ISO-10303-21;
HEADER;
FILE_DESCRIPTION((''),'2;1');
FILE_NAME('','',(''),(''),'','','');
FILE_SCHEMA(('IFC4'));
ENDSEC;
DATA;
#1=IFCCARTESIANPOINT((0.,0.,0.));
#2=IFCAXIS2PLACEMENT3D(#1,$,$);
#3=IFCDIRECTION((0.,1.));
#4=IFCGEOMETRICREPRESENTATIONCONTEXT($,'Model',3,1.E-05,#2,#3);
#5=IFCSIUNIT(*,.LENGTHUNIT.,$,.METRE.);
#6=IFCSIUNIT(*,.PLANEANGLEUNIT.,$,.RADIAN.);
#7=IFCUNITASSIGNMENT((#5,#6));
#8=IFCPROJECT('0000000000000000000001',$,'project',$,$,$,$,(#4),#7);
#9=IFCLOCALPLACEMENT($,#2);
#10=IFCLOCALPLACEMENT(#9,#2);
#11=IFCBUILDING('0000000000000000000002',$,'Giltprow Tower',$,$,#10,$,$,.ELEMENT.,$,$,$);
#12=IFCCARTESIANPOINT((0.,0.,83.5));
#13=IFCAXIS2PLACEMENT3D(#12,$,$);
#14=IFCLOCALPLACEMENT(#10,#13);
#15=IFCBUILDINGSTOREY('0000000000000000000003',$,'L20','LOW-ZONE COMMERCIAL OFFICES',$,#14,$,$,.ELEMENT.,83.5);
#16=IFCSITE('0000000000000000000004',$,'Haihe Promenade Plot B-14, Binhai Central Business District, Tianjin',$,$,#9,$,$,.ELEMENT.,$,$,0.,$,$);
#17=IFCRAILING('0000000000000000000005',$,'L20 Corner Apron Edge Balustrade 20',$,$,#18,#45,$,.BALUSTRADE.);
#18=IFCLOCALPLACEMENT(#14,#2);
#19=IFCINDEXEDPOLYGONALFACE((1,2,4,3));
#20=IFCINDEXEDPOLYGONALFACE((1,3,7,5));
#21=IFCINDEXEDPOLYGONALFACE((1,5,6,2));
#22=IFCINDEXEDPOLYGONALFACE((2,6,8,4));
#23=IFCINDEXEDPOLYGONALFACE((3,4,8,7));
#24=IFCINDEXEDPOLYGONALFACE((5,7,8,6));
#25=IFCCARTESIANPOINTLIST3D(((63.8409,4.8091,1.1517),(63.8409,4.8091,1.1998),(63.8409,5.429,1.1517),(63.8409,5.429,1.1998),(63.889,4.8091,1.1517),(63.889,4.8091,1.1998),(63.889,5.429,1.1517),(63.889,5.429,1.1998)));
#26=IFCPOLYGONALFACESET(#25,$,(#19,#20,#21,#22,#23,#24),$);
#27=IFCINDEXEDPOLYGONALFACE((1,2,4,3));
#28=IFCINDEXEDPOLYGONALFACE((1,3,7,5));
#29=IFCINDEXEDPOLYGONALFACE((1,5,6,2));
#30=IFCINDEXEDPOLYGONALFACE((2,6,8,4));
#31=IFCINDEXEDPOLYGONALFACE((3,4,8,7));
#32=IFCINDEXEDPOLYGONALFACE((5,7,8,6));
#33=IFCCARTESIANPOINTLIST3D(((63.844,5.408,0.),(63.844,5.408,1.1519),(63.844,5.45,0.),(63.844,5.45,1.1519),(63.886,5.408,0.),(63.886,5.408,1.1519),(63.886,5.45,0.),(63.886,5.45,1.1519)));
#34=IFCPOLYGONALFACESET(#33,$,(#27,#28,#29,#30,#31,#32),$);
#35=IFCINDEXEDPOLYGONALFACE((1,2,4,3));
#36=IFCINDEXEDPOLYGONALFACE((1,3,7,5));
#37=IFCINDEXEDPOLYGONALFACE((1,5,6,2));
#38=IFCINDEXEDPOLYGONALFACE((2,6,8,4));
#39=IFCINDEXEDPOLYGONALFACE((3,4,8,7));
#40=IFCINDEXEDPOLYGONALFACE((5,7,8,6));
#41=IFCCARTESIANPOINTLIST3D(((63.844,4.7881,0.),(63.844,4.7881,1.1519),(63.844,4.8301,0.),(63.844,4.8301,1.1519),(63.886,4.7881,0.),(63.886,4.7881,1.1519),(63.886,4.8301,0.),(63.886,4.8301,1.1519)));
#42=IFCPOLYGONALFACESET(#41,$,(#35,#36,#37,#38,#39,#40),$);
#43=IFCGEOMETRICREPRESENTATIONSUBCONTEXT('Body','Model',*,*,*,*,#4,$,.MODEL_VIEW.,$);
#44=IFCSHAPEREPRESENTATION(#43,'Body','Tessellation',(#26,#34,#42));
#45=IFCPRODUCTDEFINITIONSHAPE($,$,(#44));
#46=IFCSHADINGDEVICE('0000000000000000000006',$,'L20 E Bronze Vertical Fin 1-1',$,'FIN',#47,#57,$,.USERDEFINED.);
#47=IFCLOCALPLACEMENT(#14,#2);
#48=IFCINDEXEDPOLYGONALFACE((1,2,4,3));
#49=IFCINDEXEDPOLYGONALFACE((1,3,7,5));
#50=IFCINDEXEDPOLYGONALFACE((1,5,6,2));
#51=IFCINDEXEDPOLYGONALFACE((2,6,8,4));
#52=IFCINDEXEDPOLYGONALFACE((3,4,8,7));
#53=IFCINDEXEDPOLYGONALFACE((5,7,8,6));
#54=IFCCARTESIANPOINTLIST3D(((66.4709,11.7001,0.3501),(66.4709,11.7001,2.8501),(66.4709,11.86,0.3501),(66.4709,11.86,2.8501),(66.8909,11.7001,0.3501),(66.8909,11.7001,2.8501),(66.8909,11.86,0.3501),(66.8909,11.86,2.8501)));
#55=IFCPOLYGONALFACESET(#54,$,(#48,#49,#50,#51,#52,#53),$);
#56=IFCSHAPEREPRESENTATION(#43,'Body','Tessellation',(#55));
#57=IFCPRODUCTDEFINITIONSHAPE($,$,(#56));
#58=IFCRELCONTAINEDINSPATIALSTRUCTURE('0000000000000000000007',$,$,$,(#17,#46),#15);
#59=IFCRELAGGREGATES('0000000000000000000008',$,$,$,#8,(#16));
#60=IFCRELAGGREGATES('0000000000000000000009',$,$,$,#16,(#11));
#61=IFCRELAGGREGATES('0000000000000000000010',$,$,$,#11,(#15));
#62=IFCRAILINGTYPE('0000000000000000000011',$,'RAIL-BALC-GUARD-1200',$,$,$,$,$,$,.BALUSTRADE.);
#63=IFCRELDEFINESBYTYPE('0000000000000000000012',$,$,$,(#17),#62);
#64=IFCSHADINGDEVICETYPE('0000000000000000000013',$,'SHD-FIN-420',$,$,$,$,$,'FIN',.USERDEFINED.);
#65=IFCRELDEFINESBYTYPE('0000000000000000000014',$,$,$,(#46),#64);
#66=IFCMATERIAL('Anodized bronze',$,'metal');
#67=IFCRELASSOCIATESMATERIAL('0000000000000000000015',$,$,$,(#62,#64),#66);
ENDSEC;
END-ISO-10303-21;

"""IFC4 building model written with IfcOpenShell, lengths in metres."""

from ifc_helpers import new_model, si_unit, direction, frame, origin, origin_2d, place, context, subcontext, project, spatial, rectangle, extrude, source, transform, mapped, material, type_object, element, save


model = new_model("IFC4")

# Units and contexts
model_context = context("Model", 3, precision=1e-05, world=origin(), true_north=direction((0.0, 1.0)))
body_context = subcontext(model_context, "Body", "Model", "MODEL_VIEW")
ifc_project = project(units=[si_unit("LENGTHUNIT", "METRE"), si_unit("PLANEANGLEUNIT", "RADIAN")], contexts=[model_context])

# Site, building, storey
site_placement = place(None, origin())
site = spatial("IfcSite", under=ifc_project, at=site_placement, Name="Haihe Promenade Plot B-14, Binhai Central Business District, Tianjin", CompositionType="ELEMENT", RefElevation=0.0)
building_placement = place(site_placement, origin())
building = spatial("IfcBuilding", under=site, at=building_placement, Name="Giltprow Tower", CompositionType="ELEMENT")
storey_placement = place(building_placement, frame((0.0, 0.0, 83.5)))
storey = spatial("IfcBuildingStorey", under=building, at=storey_placement, Name="L20", Description="LOW-ZONE COMMERCIAL OFFICES", CompositionType="ELEMENT", Elevation=83.5)

# Shared definitions
ifc_material_1 = material(Name="Anodized bronze", Category="metal")

# Railing
railing_type = type_object("IfcRailingType", Name="RAIL-BALC-GUARD-1200", PredefinedType="BALUSTRADE", material=ifc_material_1)
railing_1_placement = place(storey_placement, frame((63.865, 5.429, 0.0)))
element("IfcRailing", 1, at=railing_1_placement, inside=storey, type_object=railing_type, Name="L20 Corner Apron Edge Balustrade 20", PredefinedType="BALUSTRADE", context=body_context, shape_type="SweptSolid", body=[
    extrude(rectangle(XDim=0.0481, YDim=0.0481, at=origin_2d()), frame((0.0, 0.0, 1.1758), z_axis=(0.0, -1.0, 0.0), x_axis=(1.0, 0.0, 0.0)), (0.0, 0.0, 1.0), 0.6199),
    extrude(rectangle(XDim=0.042, YDim=0.042, at=origin_2d()), origin(), (0.0, 0.0, 1.0), 1.1519),
    extrude(rectangle(XDim=0.042, YDim=0.042, at=origin_2d()), frame((0.0, -0.6199, 0.0)), (0.0, 0.0, 1.0), 1.1519),
])

# Shading device
shading_device_type = type_object("IfcShadingDeviceType", Name="SHD-FIN-420", ElementType="FIN", PredefinedType="USERDEFINED", material=ifc_material_1)
shared_shape_1 = source(origin(), body_context, "Body", "SweptSolid", [
    extrude(rectangle(XDim=0.4199, YDim=0.1599, at=origin_2d()), origin(), (0.0, 0.0, 1.0), 2.5),
])
shading_device_placement = place(storey_placement, frame((66.6809, 11.78, 0.3501), z_axis=(0.0, 0.0, 1.0), x_axis=(1.0, 0.0, 0.0)))
element("IfcShadingDevice", 2, at=shading_device_placement, inside=storey, type_object=shading_device_type, Name="L20 E Bronze Vertical Fin 1-1", ObjectType="FIN", PredefinedType="USERDEFINED", context=body_context, shape_type="MappedRepresentation", body=[
    mapped(shared_shape_1, transform((0.0, 0.0, 0.0), x_axis=(1.0, 0.0, 0.0), y_axis=(0.0, 1.0, 0.0), z_axis=(0.0, 0.0, 1.0), scale=1.0)),
])

save(model, "model.ifc")
